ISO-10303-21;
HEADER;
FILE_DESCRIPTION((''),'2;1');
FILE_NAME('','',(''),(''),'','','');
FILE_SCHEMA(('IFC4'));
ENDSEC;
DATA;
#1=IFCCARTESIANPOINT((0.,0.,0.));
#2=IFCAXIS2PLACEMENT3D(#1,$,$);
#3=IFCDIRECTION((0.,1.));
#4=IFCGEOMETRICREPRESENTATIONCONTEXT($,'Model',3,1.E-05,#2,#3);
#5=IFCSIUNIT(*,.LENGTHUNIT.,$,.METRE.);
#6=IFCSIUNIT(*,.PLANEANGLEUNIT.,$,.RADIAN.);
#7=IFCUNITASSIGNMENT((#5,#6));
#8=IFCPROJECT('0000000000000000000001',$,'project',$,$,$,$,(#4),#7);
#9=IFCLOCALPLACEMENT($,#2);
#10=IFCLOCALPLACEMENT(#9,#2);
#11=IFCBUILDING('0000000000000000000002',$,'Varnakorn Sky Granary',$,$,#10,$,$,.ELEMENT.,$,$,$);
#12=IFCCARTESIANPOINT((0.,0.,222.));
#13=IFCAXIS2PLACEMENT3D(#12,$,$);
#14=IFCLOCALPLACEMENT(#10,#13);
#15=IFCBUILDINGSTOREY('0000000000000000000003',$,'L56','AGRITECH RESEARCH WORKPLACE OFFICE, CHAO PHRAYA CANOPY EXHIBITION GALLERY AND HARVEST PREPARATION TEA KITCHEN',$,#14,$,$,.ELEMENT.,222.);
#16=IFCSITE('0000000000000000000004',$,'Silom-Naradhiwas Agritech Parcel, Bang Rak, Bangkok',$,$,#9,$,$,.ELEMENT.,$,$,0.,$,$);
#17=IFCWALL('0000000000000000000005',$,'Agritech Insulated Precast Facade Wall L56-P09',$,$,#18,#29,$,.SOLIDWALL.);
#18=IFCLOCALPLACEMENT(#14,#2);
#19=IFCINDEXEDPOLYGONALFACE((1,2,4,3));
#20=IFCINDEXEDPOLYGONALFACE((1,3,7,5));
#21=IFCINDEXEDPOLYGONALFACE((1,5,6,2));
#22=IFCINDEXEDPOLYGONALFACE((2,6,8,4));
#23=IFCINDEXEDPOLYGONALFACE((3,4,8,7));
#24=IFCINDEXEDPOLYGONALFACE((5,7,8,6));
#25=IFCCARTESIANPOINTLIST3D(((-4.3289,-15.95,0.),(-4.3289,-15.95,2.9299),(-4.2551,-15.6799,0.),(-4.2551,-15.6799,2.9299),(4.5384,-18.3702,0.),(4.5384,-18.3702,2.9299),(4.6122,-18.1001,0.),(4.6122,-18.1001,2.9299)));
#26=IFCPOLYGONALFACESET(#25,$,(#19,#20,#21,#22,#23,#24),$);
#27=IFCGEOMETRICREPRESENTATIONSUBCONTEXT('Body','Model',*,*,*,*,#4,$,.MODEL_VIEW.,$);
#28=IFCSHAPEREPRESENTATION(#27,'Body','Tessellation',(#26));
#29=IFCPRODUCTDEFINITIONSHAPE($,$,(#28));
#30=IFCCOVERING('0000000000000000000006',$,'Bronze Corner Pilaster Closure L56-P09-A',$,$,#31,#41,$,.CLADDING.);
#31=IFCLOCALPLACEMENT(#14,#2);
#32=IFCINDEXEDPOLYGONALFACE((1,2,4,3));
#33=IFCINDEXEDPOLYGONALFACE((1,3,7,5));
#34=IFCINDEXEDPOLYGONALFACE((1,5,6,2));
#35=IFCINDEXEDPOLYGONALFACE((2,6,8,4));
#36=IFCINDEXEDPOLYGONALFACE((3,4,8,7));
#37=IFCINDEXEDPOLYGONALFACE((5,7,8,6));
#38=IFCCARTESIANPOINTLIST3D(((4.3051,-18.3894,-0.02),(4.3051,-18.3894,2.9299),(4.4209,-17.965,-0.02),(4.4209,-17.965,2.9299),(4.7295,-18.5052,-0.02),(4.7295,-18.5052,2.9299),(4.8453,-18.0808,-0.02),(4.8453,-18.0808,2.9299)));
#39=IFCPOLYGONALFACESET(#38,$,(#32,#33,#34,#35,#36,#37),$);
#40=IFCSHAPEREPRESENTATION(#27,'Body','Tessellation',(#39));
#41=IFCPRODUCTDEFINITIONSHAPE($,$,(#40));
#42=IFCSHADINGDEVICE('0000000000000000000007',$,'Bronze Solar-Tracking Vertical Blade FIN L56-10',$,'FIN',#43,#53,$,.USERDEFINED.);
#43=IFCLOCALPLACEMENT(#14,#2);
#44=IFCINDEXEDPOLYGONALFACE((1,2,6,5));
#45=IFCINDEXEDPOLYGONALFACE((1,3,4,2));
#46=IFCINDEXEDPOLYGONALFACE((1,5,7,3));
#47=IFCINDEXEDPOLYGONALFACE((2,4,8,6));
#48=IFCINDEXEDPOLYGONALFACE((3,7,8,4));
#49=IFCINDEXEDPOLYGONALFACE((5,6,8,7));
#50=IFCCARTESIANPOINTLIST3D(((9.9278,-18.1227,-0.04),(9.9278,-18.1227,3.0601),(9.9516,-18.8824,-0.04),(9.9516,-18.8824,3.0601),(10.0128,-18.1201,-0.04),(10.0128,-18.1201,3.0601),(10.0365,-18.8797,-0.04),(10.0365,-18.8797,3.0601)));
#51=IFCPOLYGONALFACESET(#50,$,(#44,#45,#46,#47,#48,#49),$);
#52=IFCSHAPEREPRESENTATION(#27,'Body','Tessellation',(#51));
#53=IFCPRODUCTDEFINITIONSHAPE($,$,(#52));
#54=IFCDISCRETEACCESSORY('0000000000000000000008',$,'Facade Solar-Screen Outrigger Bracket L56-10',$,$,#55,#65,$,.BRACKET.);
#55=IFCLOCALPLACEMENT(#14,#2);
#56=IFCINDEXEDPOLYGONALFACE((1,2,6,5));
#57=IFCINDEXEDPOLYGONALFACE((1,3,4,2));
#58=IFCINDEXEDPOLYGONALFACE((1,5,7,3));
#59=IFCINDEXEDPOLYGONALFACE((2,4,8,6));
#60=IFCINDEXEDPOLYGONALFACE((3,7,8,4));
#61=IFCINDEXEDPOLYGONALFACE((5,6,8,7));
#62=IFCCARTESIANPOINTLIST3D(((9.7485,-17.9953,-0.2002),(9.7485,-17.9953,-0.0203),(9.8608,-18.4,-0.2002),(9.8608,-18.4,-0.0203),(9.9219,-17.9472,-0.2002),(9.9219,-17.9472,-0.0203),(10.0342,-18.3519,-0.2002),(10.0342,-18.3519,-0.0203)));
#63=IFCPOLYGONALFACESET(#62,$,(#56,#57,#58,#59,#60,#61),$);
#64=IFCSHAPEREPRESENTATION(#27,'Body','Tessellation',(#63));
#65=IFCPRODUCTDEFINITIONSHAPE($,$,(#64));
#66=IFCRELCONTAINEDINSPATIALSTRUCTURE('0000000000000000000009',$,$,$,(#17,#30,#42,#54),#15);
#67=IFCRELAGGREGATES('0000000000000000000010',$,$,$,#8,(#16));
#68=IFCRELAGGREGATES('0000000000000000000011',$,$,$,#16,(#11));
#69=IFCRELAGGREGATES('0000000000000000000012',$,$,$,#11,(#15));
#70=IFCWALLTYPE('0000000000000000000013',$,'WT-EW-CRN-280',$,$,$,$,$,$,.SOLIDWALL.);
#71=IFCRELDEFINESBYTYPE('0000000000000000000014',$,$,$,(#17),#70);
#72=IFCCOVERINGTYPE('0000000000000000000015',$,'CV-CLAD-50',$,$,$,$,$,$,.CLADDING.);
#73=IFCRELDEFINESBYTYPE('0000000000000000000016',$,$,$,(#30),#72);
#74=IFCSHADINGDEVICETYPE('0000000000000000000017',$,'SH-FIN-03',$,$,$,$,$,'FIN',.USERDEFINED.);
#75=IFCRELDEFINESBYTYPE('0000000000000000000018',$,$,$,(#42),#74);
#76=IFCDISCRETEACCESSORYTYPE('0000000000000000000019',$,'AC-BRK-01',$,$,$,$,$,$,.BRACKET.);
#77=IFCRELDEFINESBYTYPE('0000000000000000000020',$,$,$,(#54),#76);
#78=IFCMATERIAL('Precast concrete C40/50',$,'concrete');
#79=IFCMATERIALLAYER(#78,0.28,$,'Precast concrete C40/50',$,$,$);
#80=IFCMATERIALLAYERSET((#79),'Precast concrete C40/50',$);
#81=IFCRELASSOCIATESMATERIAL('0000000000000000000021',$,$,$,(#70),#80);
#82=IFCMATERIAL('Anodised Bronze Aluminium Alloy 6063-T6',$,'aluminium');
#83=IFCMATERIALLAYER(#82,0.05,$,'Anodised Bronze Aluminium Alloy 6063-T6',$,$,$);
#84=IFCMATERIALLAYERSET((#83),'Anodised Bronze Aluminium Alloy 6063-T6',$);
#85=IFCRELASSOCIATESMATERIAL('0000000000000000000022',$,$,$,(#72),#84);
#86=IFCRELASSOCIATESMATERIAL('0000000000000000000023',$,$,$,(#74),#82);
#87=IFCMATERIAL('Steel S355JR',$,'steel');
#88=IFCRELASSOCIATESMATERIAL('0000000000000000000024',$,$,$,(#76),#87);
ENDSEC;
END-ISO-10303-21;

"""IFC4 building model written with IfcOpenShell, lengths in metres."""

from ifc_helpers import new_model, si_unit, direction, frame, frame_2d, origin, origin_2d, place, context, subcontext, project, spatial, rectangle, extrude, source, transform, mapped, material, layer, layer_set, type_object, type_shapes, element, save


model = new_model("IFC4")

# Units and contexts
model_context = context("Model", 3, precision=1e-05, world=origin(), true_north=direction((0.0, 1.0)))
body_context = subcontext(model_context, "Body", "Model", "MODEL_VIEW")
ifc_project = project(units=[si_unit("LENGTHUNIT", "METRE"), si_unit("PLANEANGLEUNIT", "RADIAN")], contexts=[model_context])

# Site, building, storey
site_placement = place(None, origin())
site = spatial("IfcSite", under=ifc_project, at=site_placement, Name="Silom-Naradhiwas Agritech Parcel, Bang Rak, Bangkok", CompositionType="ELEMENT", RefElevation=0.0)
building_placement = place(site_placement, origin())
building = spatial("IfcBuilding", under=site, at=building_placement, Name="Varnakorn Sky Granary", CompositionType="ELEMENT")
storey_placement = place(building_placement, frame((0.0, 0.0, 222.0)))
storey = spatial("IfcBuildingStorey", under=building, at=storey_placement, Name="L56", Description="AGRITECH RESEARCH WORKPLACE OFFICE, CHAO PHRAYA CANOPY EXHIBITION GALLERY AND HARVEST PREPARATION TEA KITCHEN", CompositionType="ELEMENT", Elevation=222.0)

# Shared definitions
ifc_material_1 = material(Name="Steel S355JR", Category="steel")

# Shared definitions
ifc_material_2 = material(Name="Anodised Bronze Aluminium Alloy 6063-T6", Category="aluminium")

# Wall
ifc_material_3 = material(Name="Precast concrete C40/50", Category="concrete")
ifc_layer_1 = layer(ifc_material_3, 0.28, Name="Precast concrete C40/50")
ifc_layer_set_1 = layer_set([ifc_layer_1], Name="Precast concrete C40/50")
wall_type = type_object("IfcWallType", Name="WT-EW-CRN-280", PredefinedType="SOLIDWALL", material=ifc_layer_set_1)
wall_placement = place(storey_placement, frame((4.5752, -18.2351, 0.0), z_axis=(0.0, 0.0, 1.0), x_axis=(-0.964713, 0.263304, 0.0)))
element("IfcWall", 1, at=wall_placement, inside=storey, type_object=wall_type, Name="Agritech Insulated Precast Facade Wall L56-P09", PredefinedType="SOLIDWALL", context=body_context, shape_type="SweptSolid", body=[
    extrude(rectangle(XDim=9.1917, YDim=0.28, at=frame_2d((4.5957, 0.0))), origin(), (0.0, 0.0, 1.0), 2.9299),
])

# Covering
ifc_layer_2 = layer(ifc_material_2, 0.05, Name="Anodised Bronze Aluminium Alloy 6063-T6")
ifc_layer_set_2 = layer_set([ifc_layer_2], Name="Anodised Bronze Aluminium Alloy 6063-T6")
covering_type = type_object("IfcCoveringType", Name="CV-CLAD-50", PredefinedType="CLADDING", material=ifc_layer_set_2)
shared_shape_1 = source(origin(), body_context, "Body", "SweptSolid", [
    extrude(rectangle(XDim=0.4399, YDim=0.4399, at=origin_2d()), origin(), (0.0, 0.0, 1.0), 2.95),
])
type_shapes(covering_type, [shared_shape_1])
covering_placement = place(storey_placement, frame((4.5752, -18.2351, -0.02), z_axis=(0.0, 0.0, 1.0), x_axis=(-0.964741, 0.2632, 0.0)))
element("IfcCovering", 2, at=covering_placement, inside=storey, type_object=covering_type, Name="Bronze Corner Pilaster Closure L56-P09-A", PredefinedType="CLADDING", context=body_context, shape_type="MappedRepresentation", body=[
    mapped(shared_shape_1, transform((0.0, 0.0, 0.0), x_axis=(1.0, 0.0, 0.0), y_axis=(0.0, 1.0, 0.0), z_axis=(0.0, 0.0, 1.0), scale=1.0)),
])

# Shading device
shading_device_type = type_object("IfcShadingDeviceType", Name="SH-FIN-03", ElementType="FIN", PredefinedType="USERDEFINED", material=ifc_material_2)
shared_shape_2 = source(origin(), body_context, "Body", "SweptSolid", [
    extrude(rectangle(XDim=0.085, YDim=0.76, at=origin_2d()), origin(), (0.0, 0.0, 1.0), 3.1001),
])
type_shapes(shading_device_type, [shared_shape_2])
shading_device_placement = place(storey_placement, frame((9.9822, -18.5012, -0.04), z_axis=(0.0, 0.0, 1.0), x_axis=(0.999512, 0.031239, 0.0)))
element("IfcShadingDevice", 3, at=shading_device_placement, inside=storey, type_object=shading_device_type, Name="Bronze Solar-Tracking Vertical Blade FIN L56-10", ObjectType="FIN", PredefinedType="USERDEFINED", context=body_context, shape_type="MappedRepresentation", body=[
    mapped(shared_shape_2, transform((0.0, 0.0, 0.0), x_axis=(1.0, 0.0, 0.0), y_axis=(0.0, 1.0, 0.0), z_axis=(0.0, 0.0, 1.0), scale=1.0)),
])

# Discrete accessory
discrete_accessory_type = type_object("IfcDiscreteAccessoryType", Name="AC-BRK-01", PredefinedType="BRACKET", material=ifc_material_1)
shared_shape_3 = source(origin(), body_context, "Body", "SweptSolid", [
    extrude(rectangle(XDim=0.1799, YDim=0.4199, at=origin_2d()), origin(), (0.0, 0.0, 1.0), 0.1799),
])
type_shapes(discrete_accessory_type, [shared_shape_3])
discrete_accessory_placement = place(storey_placement, frame((9.8914, -18.1736, -0.2002), z_axis=(0.0, 0.0, 1.0), x_axis=(0.963613, 0.267301, 0.0)))
element("IfcDiscreteAccessory", 4, at=discrete_accessory_placement, inside=storey, type_object=discrete_accessory_type, Name="Facade Solar-Screen Outrigger Bracket L56-10", PredefinedType="BRACKET", context=body_context, shape_type="MappedRepresentation", body=[
    mapped(shared_shape_3, transform((0.0, 0.0, 0.0), x_axis=(1.0, 0.0, 0.0), y_axis=(0.0, 1.0, 0.0), z_axis=(0.0, 0.0, 1.0), scale=1.0)),
])

save(model, "model.ifc")
